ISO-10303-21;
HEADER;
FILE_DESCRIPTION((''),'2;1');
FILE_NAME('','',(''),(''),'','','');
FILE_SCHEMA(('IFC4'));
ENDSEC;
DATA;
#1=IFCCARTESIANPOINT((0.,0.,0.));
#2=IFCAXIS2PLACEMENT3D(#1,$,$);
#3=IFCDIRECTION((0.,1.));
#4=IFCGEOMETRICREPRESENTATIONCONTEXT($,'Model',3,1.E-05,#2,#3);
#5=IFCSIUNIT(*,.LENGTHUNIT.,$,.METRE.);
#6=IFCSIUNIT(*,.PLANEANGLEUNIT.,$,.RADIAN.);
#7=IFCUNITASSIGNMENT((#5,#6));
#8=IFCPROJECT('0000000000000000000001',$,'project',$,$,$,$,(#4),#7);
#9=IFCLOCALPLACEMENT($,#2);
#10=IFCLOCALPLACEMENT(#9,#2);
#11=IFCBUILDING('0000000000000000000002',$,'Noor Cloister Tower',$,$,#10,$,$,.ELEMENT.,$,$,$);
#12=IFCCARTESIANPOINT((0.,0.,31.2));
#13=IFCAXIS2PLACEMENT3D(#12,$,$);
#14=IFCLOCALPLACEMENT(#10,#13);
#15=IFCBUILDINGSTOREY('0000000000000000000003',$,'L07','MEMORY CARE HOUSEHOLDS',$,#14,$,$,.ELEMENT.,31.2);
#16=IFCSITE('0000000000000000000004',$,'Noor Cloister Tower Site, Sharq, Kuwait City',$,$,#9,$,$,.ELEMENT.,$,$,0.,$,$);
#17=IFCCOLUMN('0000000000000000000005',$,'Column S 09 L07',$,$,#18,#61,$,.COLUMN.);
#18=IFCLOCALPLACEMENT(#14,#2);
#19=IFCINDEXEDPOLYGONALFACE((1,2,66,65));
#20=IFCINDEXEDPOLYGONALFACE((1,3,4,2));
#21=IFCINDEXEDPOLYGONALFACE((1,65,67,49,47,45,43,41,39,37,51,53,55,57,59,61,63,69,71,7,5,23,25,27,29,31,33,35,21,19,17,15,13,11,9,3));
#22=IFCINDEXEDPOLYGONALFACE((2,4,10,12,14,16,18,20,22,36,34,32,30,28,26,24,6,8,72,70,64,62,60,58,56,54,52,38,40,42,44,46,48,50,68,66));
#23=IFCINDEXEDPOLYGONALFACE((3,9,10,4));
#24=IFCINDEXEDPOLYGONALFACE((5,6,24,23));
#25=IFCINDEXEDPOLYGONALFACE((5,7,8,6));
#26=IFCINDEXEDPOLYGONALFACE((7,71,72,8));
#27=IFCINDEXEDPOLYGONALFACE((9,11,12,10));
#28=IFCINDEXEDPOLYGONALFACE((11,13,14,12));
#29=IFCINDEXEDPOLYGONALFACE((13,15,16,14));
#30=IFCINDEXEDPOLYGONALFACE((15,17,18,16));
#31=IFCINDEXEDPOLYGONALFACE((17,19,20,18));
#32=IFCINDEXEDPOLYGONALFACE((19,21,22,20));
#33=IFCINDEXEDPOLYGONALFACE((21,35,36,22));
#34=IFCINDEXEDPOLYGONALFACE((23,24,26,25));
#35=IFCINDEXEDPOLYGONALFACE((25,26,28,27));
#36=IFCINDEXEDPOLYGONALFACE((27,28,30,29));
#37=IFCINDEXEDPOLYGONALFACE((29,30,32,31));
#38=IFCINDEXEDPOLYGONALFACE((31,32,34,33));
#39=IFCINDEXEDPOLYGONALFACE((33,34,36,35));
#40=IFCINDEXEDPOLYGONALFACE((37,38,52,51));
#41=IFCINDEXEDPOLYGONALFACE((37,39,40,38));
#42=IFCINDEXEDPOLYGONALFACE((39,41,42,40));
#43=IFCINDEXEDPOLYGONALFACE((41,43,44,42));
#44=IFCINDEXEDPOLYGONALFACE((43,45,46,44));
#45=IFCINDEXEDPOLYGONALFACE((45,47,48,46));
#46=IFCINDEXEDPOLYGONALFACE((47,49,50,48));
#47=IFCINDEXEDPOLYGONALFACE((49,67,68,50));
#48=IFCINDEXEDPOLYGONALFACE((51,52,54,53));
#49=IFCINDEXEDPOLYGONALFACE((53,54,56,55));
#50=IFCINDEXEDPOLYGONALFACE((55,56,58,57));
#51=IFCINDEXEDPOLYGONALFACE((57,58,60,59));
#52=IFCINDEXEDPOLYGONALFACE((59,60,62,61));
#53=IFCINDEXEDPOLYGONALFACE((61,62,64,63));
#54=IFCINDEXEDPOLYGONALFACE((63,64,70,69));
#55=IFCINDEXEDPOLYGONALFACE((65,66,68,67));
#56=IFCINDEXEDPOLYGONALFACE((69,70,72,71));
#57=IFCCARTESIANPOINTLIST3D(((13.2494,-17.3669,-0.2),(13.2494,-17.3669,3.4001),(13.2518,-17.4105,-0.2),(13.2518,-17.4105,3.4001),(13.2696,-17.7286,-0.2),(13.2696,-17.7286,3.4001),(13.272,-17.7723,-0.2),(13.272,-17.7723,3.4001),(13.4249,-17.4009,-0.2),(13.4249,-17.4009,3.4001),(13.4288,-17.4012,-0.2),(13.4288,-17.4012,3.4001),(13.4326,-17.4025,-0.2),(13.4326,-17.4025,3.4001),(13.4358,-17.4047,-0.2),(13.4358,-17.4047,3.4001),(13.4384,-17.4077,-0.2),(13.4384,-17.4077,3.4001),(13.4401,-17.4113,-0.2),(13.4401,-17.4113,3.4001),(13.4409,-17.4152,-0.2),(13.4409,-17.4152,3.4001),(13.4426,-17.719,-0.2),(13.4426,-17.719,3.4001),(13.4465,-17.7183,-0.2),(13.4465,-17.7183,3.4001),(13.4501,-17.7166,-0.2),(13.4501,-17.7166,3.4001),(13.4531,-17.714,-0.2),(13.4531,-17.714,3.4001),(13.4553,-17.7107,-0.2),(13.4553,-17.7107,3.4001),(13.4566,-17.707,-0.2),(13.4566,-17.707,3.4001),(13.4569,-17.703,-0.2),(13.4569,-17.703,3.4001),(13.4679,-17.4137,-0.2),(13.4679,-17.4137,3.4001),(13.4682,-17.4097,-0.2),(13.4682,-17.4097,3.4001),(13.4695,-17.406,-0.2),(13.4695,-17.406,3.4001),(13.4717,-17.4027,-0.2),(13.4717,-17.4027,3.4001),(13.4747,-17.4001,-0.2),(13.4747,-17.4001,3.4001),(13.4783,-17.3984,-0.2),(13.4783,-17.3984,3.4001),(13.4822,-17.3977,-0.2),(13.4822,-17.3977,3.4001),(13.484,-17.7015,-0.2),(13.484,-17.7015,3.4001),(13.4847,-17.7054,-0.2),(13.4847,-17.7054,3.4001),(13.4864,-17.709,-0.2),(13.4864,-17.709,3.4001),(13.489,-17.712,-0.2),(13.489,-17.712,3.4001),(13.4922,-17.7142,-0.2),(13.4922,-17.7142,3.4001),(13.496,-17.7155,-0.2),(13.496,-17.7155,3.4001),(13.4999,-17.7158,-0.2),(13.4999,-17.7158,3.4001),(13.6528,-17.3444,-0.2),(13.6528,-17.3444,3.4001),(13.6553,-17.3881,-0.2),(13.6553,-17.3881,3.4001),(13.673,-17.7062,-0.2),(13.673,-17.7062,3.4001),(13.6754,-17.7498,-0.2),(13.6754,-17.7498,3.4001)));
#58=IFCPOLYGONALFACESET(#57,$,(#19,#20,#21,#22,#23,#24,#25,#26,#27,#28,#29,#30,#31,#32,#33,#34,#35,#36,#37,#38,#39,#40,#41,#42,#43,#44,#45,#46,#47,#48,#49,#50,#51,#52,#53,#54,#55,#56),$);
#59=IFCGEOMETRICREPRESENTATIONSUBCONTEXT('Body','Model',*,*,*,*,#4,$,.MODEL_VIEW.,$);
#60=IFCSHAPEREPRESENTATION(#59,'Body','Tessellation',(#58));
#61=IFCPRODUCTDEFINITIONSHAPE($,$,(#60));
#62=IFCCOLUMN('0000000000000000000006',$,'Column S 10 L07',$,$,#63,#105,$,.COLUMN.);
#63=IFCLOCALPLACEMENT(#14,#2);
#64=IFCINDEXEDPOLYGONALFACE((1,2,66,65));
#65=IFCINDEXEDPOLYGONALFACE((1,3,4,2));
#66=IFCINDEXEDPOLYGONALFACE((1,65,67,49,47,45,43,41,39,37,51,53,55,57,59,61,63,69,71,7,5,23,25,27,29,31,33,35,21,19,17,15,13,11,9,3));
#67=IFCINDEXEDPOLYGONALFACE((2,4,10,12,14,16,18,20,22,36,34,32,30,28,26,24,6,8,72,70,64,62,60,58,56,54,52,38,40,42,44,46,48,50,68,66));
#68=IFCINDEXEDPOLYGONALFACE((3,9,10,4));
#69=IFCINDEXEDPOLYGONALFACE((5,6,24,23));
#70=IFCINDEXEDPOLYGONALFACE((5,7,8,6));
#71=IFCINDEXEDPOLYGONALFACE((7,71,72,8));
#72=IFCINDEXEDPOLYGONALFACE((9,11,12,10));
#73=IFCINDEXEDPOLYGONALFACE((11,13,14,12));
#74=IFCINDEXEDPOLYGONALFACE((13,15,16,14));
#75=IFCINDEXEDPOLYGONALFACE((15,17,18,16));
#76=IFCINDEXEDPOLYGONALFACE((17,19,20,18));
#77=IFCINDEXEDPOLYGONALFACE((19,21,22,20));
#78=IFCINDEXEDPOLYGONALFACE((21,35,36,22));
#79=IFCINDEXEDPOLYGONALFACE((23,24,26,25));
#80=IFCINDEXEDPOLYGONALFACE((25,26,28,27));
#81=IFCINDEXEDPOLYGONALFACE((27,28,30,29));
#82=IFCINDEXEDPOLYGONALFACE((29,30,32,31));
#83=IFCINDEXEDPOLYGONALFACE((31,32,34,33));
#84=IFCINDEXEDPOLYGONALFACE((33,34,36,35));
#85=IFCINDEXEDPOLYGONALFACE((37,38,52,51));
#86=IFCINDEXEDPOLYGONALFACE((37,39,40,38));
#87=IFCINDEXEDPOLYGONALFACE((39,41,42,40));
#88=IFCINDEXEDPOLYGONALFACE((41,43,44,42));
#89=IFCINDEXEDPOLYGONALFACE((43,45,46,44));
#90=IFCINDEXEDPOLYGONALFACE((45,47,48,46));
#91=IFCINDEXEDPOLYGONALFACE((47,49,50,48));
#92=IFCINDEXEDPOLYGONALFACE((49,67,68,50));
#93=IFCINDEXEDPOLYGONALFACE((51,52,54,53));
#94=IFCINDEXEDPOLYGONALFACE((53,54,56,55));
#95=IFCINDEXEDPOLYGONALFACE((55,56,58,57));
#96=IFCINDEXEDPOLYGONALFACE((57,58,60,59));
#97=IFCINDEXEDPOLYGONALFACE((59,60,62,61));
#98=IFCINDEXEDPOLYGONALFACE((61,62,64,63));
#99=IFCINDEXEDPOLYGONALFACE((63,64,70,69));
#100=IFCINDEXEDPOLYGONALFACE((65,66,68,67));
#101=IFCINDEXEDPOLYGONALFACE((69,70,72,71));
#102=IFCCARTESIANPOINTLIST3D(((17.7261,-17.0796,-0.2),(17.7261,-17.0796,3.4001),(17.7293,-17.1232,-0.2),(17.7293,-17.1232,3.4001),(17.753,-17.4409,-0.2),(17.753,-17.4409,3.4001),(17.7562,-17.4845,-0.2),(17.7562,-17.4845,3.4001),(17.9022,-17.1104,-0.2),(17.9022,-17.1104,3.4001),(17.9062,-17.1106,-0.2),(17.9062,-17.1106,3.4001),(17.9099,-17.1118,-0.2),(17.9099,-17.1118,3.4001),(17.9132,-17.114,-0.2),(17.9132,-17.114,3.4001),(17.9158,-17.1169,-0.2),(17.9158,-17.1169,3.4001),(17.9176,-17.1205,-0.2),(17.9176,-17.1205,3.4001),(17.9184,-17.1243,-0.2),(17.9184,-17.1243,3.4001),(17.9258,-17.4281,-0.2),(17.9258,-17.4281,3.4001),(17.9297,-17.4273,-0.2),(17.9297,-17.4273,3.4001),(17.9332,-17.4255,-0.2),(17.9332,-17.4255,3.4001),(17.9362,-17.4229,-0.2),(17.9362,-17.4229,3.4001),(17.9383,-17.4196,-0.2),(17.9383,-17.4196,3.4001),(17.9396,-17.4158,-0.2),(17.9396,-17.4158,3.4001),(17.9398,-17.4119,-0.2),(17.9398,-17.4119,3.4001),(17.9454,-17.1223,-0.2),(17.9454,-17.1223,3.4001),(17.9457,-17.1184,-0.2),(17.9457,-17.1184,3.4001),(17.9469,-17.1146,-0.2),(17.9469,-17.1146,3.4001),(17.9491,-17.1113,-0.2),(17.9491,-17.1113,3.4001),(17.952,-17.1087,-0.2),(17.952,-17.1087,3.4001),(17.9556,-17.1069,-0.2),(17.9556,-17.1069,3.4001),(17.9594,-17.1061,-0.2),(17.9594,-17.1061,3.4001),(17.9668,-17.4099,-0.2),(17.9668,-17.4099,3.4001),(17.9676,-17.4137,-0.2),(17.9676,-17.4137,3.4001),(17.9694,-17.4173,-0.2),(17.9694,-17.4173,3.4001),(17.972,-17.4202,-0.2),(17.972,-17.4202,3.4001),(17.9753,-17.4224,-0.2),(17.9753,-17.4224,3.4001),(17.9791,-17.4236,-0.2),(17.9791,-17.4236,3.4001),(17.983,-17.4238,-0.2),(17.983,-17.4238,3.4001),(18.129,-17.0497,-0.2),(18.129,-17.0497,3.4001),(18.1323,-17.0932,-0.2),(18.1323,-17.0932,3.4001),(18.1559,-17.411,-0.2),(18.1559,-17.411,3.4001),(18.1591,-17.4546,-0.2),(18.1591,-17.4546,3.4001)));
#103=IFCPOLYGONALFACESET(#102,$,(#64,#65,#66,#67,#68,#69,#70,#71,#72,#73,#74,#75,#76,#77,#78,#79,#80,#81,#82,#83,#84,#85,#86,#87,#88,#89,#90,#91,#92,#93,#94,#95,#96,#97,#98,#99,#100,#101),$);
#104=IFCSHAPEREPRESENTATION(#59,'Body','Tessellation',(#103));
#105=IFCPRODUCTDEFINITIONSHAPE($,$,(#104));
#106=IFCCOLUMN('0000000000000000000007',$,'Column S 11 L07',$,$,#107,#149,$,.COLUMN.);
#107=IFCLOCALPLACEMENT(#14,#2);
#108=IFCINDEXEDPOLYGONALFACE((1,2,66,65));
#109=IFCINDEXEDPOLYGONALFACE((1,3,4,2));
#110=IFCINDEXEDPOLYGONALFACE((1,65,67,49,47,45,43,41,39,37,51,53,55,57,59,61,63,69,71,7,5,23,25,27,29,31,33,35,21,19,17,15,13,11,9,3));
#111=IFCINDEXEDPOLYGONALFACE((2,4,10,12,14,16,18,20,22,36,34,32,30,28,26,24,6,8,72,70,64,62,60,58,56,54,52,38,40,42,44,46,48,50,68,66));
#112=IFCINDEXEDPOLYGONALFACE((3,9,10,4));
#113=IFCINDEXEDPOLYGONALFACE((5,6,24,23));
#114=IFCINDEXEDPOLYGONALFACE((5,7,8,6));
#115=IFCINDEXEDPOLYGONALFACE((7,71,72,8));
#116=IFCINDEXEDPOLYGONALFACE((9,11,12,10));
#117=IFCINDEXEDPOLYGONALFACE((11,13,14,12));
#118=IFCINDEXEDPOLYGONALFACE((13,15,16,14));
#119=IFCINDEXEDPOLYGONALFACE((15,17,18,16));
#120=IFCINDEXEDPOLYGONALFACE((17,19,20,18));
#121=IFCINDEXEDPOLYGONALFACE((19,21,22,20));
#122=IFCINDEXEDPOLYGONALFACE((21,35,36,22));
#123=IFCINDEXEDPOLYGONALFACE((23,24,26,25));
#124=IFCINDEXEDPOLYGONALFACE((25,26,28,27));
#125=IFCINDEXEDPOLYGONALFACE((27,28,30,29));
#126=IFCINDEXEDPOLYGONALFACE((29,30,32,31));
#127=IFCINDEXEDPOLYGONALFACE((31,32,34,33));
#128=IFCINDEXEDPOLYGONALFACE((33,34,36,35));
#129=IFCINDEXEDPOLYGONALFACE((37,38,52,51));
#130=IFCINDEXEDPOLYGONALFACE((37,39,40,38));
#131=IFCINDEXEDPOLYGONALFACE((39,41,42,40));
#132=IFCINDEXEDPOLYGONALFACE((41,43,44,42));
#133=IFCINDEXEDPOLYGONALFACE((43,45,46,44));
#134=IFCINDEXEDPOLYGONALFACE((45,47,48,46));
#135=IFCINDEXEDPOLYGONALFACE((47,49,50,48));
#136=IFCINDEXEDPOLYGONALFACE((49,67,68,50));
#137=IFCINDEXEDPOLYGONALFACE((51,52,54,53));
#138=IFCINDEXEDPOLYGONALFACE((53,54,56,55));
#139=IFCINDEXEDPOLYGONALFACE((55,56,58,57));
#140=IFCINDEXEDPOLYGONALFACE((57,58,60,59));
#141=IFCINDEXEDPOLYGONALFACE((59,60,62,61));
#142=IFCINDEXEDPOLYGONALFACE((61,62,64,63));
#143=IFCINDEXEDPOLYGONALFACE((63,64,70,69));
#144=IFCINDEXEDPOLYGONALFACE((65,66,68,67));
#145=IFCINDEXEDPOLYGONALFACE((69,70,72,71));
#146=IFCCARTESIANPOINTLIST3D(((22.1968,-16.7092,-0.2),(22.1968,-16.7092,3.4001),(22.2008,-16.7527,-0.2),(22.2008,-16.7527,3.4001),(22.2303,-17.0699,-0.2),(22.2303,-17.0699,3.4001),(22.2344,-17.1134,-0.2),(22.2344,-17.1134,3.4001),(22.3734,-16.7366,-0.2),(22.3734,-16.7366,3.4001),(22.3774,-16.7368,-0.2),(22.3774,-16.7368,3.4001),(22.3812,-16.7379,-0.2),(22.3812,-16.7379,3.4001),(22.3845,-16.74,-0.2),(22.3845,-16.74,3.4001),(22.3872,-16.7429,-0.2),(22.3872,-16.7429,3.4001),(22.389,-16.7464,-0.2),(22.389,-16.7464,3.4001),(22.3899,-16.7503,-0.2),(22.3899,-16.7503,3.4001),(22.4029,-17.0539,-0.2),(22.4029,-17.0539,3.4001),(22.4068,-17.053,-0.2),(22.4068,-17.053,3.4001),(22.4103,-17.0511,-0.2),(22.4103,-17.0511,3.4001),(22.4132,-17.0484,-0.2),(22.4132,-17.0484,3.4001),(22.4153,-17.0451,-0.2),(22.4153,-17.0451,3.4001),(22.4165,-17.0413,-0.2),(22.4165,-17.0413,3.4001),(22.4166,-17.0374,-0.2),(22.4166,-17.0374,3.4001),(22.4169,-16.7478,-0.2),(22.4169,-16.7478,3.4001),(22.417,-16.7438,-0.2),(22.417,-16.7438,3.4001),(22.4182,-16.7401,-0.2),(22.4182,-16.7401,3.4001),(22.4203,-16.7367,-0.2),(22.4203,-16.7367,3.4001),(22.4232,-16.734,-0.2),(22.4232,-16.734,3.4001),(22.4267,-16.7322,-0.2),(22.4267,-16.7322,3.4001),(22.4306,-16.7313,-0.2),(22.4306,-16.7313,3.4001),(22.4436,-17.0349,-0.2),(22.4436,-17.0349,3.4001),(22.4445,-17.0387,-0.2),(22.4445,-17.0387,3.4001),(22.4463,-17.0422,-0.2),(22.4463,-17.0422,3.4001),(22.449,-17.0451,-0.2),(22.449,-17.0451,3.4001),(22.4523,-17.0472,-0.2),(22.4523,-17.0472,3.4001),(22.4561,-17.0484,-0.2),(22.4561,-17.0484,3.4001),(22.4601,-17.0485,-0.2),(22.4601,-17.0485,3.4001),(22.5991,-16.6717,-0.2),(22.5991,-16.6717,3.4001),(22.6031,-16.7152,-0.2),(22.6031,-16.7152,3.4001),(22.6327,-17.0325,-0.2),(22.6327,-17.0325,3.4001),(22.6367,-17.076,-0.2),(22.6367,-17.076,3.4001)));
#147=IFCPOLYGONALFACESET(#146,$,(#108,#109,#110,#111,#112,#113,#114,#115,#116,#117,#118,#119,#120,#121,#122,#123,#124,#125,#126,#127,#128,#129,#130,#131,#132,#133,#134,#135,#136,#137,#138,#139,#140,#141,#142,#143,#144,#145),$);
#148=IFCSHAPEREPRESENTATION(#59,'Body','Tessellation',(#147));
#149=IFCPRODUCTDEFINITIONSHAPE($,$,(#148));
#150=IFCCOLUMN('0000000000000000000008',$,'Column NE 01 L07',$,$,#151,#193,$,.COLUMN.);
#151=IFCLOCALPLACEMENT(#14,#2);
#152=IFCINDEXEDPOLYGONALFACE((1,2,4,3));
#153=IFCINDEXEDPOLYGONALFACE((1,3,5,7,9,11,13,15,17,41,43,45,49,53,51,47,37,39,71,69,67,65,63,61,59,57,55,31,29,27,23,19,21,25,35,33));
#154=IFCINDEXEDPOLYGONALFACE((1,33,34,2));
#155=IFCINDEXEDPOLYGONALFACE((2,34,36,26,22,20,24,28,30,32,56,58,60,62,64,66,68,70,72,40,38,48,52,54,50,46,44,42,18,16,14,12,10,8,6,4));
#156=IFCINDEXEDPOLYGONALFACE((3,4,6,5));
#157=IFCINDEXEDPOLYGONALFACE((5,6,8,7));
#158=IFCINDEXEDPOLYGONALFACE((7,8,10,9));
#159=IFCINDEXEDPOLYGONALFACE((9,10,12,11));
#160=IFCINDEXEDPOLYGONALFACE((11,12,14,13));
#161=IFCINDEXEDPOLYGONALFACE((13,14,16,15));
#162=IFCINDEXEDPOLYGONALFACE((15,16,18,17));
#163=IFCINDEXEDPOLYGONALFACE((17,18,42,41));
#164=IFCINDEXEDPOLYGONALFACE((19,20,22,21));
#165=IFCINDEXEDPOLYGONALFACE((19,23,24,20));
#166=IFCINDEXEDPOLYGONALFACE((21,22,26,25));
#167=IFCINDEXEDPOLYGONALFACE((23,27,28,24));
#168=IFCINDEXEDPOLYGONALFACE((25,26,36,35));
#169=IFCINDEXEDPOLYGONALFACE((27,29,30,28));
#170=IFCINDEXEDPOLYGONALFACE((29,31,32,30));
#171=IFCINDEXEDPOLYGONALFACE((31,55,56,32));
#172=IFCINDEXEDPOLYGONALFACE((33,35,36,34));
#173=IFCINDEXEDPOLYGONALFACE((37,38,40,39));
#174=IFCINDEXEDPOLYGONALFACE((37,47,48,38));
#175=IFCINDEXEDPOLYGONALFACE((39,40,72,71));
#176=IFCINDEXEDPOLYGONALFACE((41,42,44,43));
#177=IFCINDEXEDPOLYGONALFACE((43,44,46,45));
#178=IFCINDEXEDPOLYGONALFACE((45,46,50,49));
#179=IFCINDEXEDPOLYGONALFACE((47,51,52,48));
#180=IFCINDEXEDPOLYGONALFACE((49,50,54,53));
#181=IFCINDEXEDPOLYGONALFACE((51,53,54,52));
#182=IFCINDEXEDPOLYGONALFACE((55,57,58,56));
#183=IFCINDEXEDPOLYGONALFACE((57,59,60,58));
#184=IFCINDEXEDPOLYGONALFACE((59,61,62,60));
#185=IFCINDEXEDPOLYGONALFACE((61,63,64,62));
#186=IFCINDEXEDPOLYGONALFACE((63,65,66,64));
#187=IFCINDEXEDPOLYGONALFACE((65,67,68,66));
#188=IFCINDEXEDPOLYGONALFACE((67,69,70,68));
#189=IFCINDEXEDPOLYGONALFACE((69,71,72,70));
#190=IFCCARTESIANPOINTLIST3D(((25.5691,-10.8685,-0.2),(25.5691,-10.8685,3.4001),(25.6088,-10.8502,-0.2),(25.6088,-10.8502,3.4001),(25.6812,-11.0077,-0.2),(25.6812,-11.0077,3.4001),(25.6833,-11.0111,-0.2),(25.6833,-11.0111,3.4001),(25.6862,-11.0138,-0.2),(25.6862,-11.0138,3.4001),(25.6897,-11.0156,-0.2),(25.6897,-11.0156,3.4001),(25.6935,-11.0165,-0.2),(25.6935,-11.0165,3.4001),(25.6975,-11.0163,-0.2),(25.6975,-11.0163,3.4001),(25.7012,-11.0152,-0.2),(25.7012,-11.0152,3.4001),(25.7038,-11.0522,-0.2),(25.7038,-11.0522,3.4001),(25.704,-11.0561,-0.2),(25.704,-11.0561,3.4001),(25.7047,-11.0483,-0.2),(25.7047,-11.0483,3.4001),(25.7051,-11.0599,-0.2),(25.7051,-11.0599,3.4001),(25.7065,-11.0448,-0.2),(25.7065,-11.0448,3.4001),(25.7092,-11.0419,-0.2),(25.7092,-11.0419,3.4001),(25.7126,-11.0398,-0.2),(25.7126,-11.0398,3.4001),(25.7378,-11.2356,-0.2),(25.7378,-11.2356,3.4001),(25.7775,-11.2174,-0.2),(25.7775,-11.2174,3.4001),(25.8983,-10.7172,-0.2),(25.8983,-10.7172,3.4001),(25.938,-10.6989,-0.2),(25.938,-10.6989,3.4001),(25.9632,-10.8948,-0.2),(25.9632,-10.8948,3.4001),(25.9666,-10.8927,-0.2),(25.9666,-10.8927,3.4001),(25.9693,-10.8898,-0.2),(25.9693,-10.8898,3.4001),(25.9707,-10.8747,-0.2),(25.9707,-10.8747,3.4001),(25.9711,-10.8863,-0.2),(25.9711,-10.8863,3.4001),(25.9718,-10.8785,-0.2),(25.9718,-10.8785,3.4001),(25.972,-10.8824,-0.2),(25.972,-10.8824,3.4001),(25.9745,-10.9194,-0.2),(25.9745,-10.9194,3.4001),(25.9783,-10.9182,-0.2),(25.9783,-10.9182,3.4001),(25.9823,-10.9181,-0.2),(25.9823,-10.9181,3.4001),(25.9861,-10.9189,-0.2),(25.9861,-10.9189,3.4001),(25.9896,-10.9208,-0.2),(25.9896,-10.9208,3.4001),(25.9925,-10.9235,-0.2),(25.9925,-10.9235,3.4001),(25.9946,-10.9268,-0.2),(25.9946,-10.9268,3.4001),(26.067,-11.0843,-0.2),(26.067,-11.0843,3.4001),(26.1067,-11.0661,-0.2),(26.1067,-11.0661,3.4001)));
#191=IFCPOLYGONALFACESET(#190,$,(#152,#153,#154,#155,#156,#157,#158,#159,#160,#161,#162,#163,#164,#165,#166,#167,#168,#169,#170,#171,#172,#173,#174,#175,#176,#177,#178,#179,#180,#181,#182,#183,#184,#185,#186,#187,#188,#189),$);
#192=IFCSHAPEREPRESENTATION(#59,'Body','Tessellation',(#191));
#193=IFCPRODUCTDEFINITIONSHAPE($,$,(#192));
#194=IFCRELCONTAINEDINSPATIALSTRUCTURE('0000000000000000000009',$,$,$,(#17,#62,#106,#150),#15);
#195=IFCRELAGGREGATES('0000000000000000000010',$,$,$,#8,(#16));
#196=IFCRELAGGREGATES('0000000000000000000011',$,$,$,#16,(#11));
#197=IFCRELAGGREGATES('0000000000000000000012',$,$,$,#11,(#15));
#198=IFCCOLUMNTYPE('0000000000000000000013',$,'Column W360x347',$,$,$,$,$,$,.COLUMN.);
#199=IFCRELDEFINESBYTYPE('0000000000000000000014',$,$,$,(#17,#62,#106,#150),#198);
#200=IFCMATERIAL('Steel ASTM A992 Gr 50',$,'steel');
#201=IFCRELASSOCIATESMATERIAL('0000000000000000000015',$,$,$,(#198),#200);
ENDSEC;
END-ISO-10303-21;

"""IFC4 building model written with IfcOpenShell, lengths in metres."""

from ifc_helpers import new_model, si_unit, direction, frame, origin, origin_2d, place, context, subcontext, project, spatial, i_section, extrude, material, material_profile, profile_set, type_object, element, save


model = new_model("IFC4")

# Units and contexts
model_context = context("Model", 3, precision=1e-05, world=origin(), true_north=direction((0.0, 1.0)))
body_context = subcontext(model_context, "Body", "Model", "MODEL_VIEW")
ifc_project = project(units=[si_unit("LENGTHUNIT", "METRE"), si_unit("PLANEANGLEUNIT", "RADIAN")], contexts=[model_context])

# Site, building, storey
site_placement = place(None, origin())
site = spatial("IfcSite", under=ifc_project, at=site_placement, Name="Noor Cloister Tower Site, Sharq, Kuwait City", CompositionType="ELEMENT", RefElevation=0.0)
building_placement = place(site_placement, origin())
building = spatial("IfcBuilding", under=site, at=building_placement, Name="Noor Cloister Tower", CompositionType="ELEMENT")
storey_placement = place(building_placement, frame((0.0, 0.0, 31.2)))
storey = spatial("IfcBuildingStorey", under=building, at=storey_placement, Name="L07", Description="MEMORY CARE HOUSEHOLDS", CompositionType="ELEMENT", Elevation=31.2)

# Columns
ifc_material_1 = material(Name="Steel ASTM A992 Gr 50", Category="steel")
ifc_material_profile_1 = material_profile(ifc_material_1, i_section(OverallWidth=0.4041, OverallDepth=0.406, WebThickness=0.0271, FlangeThickness=0.0437, FilletRadius=0.0151, at=origin_2d()), Name="W360x347")
ifc_profile_set_1 = profile_set([ifc_material_profile_1], Name="Steel ASTM A992 Gr 50")
column_type_1 = type_object("IfcColumnType", Name="Column W360x347", PredefinedType="COLUMN", material=ifc_profile_set_1)
for number, where, z_axis, x_axis, name in (
    (1, (13.4624, -17.5583, -0.2), (0.0, 0.0, 1.0), (0.998451, 0.055633, 0.0), "Column S 09 L07"),
    (2, (17.9426, -17.2671, -0.2), (0.0, 0.0, 1.0), (0.997247, 0.074147, 0.0), "Column S 10 L07"),
    (3, (22.4167, -16.8926, -0.2), (0.0, 0.0, 1.0), (0.9957, 0.092636, 0.0), "Column S 11 L07"),
    (4, (25.8379, -10.9673, -0.2), (0.0, 0.0, 1.0), (-0.417624, 0.90862, 0.0), "Column NE 01 L07"),
):
    element("IfcColumn", number, at=place(storey_placement, frame(where, z_axis=z_axis, x_axis=x_axis)), inside=storey, type_object=column_type_1, Name=name, PredefinedType="COLUMN", context=body_context, shape_type="SweptSolid", body=[
        extrude(i_section(OverallWidth=0.4041, OverallDepth=0.406, WebThickness=0.0271, FlangeThickness=0.0437, FilletRadius=0.0151, at=origin_2d()), origin(), (0.0, 0.0, 1.0), 3.6001),
    ])

save(model, "model.ifc")
